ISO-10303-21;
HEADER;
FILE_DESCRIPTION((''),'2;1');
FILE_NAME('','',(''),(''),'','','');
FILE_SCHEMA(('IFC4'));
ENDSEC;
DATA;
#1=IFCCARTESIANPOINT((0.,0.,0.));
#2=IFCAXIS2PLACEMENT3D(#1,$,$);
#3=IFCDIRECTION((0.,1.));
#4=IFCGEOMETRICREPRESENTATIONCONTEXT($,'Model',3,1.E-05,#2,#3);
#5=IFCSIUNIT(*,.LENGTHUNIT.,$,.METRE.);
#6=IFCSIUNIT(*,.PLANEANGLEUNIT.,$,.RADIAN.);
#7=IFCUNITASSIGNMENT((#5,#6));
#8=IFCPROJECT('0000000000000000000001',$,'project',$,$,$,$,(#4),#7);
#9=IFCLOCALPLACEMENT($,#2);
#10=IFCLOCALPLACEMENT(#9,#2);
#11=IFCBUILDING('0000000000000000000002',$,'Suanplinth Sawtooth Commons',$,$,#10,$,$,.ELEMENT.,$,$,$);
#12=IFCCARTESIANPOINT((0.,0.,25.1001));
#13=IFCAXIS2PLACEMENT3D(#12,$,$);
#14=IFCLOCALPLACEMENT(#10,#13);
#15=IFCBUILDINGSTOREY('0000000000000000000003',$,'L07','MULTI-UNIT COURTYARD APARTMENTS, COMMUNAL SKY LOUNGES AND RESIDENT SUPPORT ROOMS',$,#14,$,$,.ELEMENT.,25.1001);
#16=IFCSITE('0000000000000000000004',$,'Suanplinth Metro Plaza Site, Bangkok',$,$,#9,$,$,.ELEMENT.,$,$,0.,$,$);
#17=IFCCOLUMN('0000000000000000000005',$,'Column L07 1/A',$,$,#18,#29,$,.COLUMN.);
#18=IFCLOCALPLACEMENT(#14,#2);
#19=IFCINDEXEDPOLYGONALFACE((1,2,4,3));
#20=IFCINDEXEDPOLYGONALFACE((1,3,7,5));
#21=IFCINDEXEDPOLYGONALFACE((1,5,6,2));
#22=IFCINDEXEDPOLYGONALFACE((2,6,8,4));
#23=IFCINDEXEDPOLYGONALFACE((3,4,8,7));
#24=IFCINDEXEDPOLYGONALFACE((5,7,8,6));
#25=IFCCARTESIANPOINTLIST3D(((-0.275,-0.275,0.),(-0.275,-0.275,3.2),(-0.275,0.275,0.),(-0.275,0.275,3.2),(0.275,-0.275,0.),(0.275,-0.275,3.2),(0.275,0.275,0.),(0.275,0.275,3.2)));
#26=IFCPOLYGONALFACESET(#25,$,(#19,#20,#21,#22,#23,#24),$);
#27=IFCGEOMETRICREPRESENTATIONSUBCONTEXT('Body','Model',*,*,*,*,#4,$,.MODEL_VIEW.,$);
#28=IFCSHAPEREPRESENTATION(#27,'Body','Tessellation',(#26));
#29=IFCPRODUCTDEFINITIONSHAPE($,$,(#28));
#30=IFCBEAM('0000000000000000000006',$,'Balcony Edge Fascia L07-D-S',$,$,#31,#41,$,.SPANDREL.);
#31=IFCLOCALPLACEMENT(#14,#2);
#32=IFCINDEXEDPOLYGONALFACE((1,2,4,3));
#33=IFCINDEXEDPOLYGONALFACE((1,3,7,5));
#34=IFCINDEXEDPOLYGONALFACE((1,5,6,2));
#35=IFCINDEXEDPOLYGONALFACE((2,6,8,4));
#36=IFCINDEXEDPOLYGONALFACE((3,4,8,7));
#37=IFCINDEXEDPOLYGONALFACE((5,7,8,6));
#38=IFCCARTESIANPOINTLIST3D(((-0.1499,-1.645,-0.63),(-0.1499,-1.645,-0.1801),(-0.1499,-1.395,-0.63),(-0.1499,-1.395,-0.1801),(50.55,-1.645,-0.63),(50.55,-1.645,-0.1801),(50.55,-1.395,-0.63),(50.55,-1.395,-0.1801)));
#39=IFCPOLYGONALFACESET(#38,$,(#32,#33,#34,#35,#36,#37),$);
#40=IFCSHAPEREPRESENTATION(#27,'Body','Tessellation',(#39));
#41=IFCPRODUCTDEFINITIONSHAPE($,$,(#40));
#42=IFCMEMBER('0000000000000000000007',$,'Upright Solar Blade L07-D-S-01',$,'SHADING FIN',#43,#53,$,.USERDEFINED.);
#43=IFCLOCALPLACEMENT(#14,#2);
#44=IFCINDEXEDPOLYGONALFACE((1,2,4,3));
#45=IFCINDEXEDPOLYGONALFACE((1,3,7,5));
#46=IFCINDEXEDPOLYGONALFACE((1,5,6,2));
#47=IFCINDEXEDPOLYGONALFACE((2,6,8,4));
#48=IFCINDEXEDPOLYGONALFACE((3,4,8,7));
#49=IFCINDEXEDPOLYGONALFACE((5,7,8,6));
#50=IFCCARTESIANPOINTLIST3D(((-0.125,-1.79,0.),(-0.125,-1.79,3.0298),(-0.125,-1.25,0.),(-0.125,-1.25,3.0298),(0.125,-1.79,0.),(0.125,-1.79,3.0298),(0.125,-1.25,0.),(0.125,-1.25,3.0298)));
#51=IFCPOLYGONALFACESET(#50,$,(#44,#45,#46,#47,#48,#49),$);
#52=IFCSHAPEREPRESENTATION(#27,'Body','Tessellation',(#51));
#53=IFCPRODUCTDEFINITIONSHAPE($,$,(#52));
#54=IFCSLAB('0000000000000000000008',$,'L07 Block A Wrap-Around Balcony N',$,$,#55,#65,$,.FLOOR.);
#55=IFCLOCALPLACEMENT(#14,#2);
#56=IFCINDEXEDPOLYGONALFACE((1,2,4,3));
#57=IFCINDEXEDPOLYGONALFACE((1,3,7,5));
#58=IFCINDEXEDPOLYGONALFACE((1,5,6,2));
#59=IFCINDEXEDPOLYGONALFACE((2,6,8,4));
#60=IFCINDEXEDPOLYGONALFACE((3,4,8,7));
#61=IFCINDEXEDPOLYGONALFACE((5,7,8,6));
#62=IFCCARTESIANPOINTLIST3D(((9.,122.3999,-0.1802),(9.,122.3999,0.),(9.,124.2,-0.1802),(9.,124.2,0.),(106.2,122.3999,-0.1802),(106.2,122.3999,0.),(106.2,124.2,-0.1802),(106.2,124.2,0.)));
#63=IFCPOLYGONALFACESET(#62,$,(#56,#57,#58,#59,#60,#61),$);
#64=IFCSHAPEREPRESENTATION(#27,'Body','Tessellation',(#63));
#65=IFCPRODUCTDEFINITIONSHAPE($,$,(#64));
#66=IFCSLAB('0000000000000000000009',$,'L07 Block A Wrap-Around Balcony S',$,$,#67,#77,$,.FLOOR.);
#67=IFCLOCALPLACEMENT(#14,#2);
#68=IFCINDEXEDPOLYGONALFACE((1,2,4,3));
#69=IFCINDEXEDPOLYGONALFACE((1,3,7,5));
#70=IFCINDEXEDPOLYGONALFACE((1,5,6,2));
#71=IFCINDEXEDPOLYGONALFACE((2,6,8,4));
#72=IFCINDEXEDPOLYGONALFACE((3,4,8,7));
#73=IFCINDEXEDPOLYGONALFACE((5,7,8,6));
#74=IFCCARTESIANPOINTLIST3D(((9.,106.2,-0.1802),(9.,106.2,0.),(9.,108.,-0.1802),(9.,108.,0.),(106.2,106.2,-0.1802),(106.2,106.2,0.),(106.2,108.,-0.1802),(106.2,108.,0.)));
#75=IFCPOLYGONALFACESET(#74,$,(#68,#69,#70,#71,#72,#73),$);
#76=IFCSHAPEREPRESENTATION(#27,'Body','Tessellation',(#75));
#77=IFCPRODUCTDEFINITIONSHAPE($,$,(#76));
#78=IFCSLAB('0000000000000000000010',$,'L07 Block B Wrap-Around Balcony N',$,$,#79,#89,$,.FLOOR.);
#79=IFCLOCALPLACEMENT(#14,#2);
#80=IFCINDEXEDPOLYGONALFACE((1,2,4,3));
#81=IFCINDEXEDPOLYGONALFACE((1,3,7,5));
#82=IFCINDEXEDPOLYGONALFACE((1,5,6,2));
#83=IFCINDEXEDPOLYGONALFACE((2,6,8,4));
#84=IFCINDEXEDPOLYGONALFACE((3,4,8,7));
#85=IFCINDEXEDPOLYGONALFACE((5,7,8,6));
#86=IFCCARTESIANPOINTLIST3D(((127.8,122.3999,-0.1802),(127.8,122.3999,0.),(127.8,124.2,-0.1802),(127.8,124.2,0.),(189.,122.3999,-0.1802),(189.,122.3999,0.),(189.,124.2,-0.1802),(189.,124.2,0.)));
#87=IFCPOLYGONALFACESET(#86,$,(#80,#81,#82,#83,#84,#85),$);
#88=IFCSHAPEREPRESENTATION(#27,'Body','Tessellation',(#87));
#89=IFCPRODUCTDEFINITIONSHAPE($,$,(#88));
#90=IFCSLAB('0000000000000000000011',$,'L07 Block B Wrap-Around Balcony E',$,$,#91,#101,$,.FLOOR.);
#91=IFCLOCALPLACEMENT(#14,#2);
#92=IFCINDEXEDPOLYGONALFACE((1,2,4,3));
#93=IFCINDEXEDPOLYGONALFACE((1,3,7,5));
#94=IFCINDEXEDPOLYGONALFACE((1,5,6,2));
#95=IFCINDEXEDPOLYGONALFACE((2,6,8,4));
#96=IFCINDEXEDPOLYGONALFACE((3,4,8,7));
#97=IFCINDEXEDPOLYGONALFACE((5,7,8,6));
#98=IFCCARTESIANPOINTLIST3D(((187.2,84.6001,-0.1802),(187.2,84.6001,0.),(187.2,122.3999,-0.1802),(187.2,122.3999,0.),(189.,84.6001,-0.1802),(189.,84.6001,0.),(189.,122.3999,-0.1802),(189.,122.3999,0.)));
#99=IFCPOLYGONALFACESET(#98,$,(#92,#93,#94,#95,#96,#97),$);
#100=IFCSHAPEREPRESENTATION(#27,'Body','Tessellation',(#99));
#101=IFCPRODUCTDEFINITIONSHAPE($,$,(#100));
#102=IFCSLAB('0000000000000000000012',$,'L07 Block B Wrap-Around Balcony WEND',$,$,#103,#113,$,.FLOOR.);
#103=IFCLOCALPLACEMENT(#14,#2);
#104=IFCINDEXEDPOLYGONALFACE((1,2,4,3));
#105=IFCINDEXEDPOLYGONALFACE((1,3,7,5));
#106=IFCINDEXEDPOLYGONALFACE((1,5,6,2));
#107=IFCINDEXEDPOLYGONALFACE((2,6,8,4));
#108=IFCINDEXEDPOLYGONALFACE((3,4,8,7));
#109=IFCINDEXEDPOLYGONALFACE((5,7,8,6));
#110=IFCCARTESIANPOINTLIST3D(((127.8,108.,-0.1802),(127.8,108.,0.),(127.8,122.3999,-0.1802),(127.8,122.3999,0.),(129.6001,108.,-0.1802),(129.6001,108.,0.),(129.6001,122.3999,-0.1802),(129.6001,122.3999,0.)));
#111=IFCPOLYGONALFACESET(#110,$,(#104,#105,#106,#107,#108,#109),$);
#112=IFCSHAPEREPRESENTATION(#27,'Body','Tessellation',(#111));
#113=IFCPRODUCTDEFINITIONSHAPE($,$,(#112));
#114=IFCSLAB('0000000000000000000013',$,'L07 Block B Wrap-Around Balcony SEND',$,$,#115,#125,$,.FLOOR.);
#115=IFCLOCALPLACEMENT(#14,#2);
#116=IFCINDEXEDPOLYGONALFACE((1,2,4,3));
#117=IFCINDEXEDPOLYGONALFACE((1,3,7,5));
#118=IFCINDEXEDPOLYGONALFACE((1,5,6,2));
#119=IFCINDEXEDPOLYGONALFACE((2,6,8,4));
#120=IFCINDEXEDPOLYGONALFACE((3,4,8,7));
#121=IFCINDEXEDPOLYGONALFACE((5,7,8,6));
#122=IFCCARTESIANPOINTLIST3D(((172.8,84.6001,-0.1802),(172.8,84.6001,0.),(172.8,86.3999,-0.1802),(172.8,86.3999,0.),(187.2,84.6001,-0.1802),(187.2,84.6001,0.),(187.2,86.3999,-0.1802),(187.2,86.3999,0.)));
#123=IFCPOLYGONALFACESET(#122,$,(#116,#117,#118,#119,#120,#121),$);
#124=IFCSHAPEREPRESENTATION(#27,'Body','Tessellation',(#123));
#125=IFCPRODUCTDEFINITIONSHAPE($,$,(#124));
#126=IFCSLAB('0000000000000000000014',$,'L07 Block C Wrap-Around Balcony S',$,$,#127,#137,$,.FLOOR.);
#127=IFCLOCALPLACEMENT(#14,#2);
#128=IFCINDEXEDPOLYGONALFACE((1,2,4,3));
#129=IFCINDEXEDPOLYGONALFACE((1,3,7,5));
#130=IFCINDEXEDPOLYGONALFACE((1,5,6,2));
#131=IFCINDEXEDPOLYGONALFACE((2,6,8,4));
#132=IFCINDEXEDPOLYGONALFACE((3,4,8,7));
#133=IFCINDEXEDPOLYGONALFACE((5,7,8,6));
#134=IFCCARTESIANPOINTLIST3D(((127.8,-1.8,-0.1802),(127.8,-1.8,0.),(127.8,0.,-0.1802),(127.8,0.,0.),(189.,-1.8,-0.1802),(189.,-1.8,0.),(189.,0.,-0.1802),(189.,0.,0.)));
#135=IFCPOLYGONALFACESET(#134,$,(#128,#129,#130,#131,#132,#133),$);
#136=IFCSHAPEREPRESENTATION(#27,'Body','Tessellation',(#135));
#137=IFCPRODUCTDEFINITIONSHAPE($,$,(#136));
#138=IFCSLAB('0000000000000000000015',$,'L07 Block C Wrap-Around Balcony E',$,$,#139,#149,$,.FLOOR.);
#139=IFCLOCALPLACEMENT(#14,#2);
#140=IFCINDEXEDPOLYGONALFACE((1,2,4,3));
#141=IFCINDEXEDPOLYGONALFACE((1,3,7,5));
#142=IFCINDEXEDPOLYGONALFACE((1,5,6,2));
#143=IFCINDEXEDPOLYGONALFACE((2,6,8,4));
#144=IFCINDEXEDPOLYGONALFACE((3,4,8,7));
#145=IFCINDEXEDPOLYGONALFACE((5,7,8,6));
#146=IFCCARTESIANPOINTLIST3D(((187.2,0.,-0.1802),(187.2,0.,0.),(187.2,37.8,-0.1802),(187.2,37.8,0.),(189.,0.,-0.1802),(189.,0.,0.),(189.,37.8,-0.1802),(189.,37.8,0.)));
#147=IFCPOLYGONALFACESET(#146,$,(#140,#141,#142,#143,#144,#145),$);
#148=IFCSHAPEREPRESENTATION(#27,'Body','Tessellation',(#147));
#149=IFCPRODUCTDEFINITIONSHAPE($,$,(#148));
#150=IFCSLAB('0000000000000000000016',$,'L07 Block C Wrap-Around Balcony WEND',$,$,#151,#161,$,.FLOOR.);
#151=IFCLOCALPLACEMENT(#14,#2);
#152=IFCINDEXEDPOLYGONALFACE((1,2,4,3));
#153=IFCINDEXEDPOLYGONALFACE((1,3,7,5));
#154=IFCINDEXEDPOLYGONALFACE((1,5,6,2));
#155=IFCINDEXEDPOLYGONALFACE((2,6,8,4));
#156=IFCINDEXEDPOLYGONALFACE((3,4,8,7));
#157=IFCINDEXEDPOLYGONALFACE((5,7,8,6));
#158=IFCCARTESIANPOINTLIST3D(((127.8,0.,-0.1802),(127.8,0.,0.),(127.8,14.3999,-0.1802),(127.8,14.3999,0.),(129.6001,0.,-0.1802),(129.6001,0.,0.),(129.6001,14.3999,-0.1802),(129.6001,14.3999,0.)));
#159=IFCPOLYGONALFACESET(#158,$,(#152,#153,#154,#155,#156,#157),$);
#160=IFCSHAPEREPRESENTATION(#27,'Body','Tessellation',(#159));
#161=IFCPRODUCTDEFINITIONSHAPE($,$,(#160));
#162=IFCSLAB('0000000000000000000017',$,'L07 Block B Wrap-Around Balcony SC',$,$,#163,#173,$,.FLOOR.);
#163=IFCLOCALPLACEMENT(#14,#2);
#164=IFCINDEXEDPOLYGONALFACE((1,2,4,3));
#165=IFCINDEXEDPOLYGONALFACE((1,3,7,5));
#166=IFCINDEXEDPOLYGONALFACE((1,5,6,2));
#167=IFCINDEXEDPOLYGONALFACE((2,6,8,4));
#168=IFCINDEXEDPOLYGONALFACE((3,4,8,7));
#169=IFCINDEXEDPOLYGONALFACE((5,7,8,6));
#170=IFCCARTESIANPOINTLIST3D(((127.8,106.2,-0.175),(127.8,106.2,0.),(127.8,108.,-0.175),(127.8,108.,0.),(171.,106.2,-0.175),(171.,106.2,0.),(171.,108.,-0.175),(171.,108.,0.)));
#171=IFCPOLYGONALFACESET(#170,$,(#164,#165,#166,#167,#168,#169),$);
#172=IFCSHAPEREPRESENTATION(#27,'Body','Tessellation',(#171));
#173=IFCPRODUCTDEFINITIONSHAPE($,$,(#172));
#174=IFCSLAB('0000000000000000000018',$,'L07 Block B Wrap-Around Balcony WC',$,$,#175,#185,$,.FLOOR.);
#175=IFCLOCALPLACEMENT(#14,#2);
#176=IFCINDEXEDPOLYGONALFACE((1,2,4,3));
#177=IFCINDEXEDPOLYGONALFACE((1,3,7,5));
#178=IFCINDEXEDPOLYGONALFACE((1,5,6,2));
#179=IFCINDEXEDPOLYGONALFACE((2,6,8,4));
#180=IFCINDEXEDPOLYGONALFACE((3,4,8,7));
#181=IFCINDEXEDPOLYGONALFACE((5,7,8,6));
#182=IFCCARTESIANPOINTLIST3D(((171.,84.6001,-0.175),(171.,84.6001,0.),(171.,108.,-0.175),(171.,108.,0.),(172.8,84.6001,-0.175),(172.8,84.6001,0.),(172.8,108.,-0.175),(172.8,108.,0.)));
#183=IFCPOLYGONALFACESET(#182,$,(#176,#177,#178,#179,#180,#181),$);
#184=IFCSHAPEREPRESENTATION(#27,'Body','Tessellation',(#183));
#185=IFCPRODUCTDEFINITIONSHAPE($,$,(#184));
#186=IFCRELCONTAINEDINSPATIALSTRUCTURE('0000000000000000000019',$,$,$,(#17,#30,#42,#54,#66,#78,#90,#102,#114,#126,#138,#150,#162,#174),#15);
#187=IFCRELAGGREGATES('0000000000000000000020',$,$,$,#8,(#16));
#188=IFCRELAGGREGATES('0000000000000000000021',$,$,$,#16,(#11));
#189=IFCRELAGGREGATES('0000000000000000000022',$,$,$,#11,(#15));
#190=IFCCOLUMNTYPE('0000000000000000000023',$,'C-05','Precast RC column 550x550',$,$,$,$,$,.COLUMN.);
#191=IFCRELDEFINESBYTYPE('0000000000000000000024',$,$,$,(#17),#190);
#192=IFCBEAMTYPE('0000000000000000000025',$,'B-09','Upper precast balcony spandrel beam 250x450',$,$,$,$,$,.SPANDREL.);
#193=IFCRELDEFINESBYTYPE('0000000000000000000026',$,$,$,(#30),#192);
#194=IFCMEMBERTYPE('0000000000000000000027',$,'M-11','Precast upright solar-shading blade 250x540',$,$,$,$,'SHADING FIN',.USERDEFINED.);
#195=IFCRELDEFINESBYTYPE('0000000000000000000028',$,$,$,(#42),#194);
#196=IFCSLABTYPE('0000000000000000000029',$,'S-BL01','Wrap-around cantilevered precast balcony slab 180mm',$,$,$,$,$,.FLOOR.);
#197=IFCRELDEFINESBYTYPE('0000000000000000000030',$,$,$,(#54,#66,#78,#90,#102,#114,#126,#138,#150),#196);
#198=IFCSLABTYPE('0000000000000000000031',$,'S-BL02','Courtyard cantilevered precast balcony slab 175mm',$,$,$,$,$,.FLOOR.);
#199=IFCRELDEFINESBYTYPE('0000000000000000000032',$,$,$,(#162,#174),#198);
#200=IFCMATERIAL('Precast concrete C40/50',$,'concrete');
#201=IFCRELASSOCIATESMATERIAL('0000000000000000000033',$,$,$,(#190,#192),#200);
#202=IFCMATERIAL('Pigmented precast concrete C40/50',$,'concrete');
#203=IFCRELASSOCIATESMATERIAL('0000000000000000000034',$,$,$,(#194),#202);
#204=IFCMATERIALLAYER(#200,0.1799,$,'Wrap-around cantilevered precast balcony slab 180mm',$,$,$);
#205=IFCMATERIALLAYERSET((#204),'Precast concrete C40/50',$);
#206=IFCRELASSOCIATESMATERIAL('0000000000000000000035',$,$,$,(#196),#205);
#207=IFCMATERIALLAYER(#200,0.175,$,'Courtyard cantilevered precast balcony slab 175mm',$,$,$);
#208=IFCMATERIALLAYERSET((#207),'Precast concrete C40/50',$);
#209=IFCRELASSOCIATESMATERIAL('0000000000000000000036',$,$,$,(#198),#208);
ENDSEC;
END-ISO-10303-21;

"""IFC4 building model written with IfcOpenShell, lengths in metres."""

from ifc_helpers import new_model, si_unit, direction, frame, origin, origin_with_axes, origin_2d, place, context, subcontext, project, spatial, polyline, rectangle, outline, extrude, material, layer, layer_set, material_profile, profile_set, type_object, element, save


model = new_model("IFC4")

# Units and contexts
model_context = context("Model", 3, precision=1e-05, world=origin(), true_north=direction((0.0, 1.0)))
body_context = subcontext(model_context, "Body", "Model", "MODEL_VIEW")
ifc_project = project(units=[si_unit("LENGTHUNIT", "METRE"), si_unit("PLANEANGLEUNIT", "RADIAN")], contexts=[model_context])

# Site, building, storey
site_placement = place(None, origin())
site = spatial("IfcSite", under=ifc_project, at=site_placement, Name="Suanplinth Metro Plaza Site, Bangkok", CompositionType="ELEMENT", RefElevation=0.0)
building_placement = place(site_placement, origin())
building = spatial("IfcBuilding", under=site, at=building_placement, Name="Suanplinth Sawtooth Commons", CompositionType="ELEMENT")
storey_placement = place(building_placement, frame((0.0, 0.0, 25.1001)))
storey = spatial("IfcBuildingStorey", under=building, at=storey_placement, Name="L07", Description="MULTI-UNIT COURTYARD APARTMENTS, COMMUNAL SKY LOUNGES AND RESIDENT SUPPORT ROOMS", CompositionType="ELEMENT", Elevation=25.1001)

# Column
ifc_material_1 = material(Name="Precast concrete C40/50", Category="concrete")
ifc_material_profile_1 = material_profile(ifc_material_1, rectangle(XDim=0.55, YDim=0.55, at=origin_2d()), Name="PC-COL 550x550")
ifc_profile_set_1 = profile_set([ifc_material_profile_1], Name="Precast concrete C40/50")
column_type = type_object("IfcColumnType", Name="C-05", Description="Precast RC column 550x550", PredefinedType="COLUMN", material=ifc_profile_set_1)
column_placement = place(storey_placement, origin_with_axes())
element("IfcColumn", 1, at=column_placement, inside=storey, type_object=column_type, Name="Column L07 1/A", PredefinedType="COLUMN", context=body_context, shape_type="SweptSolid", body=[
    extrude(rectangle(XDim=0.55, YDim=0.55, at=origin_2d()), origin(), (0.0, 0.0, 1.0), 3.2),
])

# Beam
ifc_material_profile_2 = material_profile(ifc_material_1, rectangle(XDim=0.25, YDim=0.45, at=origin_2d()), Name="PC-SP 250x450")
ifc_profile_set_2 = profile_set([ifc_material_profile_2], Name="Precast concrete C40/50")
beam_type = type_object("IfcBeamType", Name="B-09", Description="Upper precast balcony spandrel beam 250x450", PredefinedType="SPANDREL", material=ifc_profile_set_2)
beam_placement = place(storey_placement, frame((-0.1499, -1.52, -0.405), z_axis=(1.0, 0.0, 0.0), x_axis=(0.0, 1.0, 0.0)))
element("IfcBeam", 2, at=beam_placement, inside=storey, type_object=beam_type, Name="Balcony Edge Fascia L07-D-S", PredefinedType="SPANDREL", context=body_context, shape_type="SweptSolid", body=[
    extrude(rectangle(XDim=0.25, YDim=0.45, at=origin_2d()), origin(), (0.0, 0.0, 1.0), 50.7),
])

# Member
ifc_material_2 = material(Name="Pigmented precast concrete C40/50", Category="concrete")
ifc_material_profile_3 = material_profile(ifc_material_2, rectangle(XDim=0.25, YDim=0.54, at=origin_2d()), Name="PC-FIN 250x540")
ifc_profile_set_3 = profile_set([ifc_material_profile_3], Name="Pigmented precast concrete C40/50")
member_type = type_object("IfcMemberType", Name="M-11", Description="Precast upright solar-shading blade 250x540", ElementType="SHADING FIN", PredefinedType="USERDEFINED", material=ifc_profile_set_3)
member_placement = place(storey_placement, frame((0.0, -1.52, 0.0), z_axis=(0.0, 0.0, 1.0), x_axis=(1.0, 0.0, 0.0)))
element("IfcMember", 3, at=member_placement, inside=storey, type_object=member_type, Name="Upright Solar Blade L07-D-S-01", ObjectType="SHADING FIN", PredefinedType="USERDEFINED", context=body_context, shape_type="SweptSolid", body=[
    extrude(rectangle(XDim=0.25, YDim=0.54, at=origin_2d()), origin(), (0.0, 0.0, 1.0), 3.0298),
])

# Slabs
ifc_layer_1 = layer(ifc_material_1, 0.1799, Name="Wrap-around cantilevered precast balcony slab 180mm")
ifc_layer_set_1 = layer_set([ifc_layer_1], Name="Precast concrete C40/50")
slab_type_1 = type_object("IfcSlabType", Name="S-BL01", Description="Wrap-around cantilevered precast balcony slab 180mm", PredefinedType="FLOOR", material=ifc_layer_set_1)
slab_1_placement = place(storey_placement, frame((0.0, 0.0, -0.1802)))
element("IfcSlab", 4, at=slab_1_placement, inside=storey, type_object=slab_type_1, Name="L07 Block A Wrap-Around Balcony N", PredefinedType="FLOOR", context=body_context, shape_type="SweptSolid", body=[
    extrude(outline(polyline([(9.0, 124.2), (106.2, 124.2), (106.2, 122.3999), (9.0, 122.3999), (9.0, 124.2)])), origin(), (0.0, 0.0, 1.0), 0.1802),
])
slab_2_placement = place(storey_placement, frame((0.0, 0.0, -0.1802)))
element("IfcSlab", 5, at=slab_2_placement, inside=storey, type_object=slab_type_1, Name="L07 Block A Wrap-Around Balcony S", PredefinedType="FLOOR", context=body_context, shape_type="SweptSolid", body=[
    extrude(outline(polyline([(106.2, 106.2), (9.0, 106.2), (9.0, 108.0), (106.2, 108.0), (106.2, 106.2)])), origin(), (0.0, 0.0, 1.0), 0.1802),
])
slab_3_placement = place(storey_placement, frame((0.0, 0.0, -0.1802)))
element("IfcSlab", 6, at=slab_3_placement, inside=storey, type_object=slab_type_1, Name="L07 Block B Wrap-Around Balcony N", PredefinedType="FLOOR", context=body_context, shape_type="SweptSolid", body=[
    extrude(outline(polyline([(127.8, 122.3999), (127.8, 124.2), (189.0, 124.2), (189.0, 122.3999), (127.8, 122.3999)])), origin(), (0.0, 0.0, 1.0), 0.1802),
])
slab_4_placement = place(storey_placement, frame((0.0, 0.0, -0.1802)))
element("IfcSlab", 7, at=slab_4_placement, inside=storey, type_object=slab_type_1, Name="L07 Block B Wrap-Around Balcony E", PredefinedType="FLOOR", context=body_context, shape_type="SweptSolid", body=[
    extrude(outline(polyline([(189.0, 122.3999), (189.0, 84.6001), (187.2, 84.6001), (187.2, 122.3999), (189.0, 122.3999)])), origin(), (0.0, 0.0, 1.0), 0.1802),
])
slab_5_placement = place(storey_placement, frame((0.0, 0.0, -0.1802)))
element("IfcSlab", 8, at=slab_5_placement, inside=storey, type_object=slab_type_1, Name="L07 Block B Wrap-Around Balcony WEND", PredefinedType="FLOOR", context=body_context, shape_type="SweptSolid", body=[
    extrude(outline(polyline([(129.6001, 108.0), (127.8, 108.0), (127.8, 122.3999), (129.6001, 122.3999), (129.6001, 108.0)])), origin(), (0.0, 0.0, 1.0), 0.1802),
])
slab_6_placement = place(storey_placement, frame((0.0, 0.0, -0.1802)))
element("IfcSlab", 9, at=slab_6_placement, inside=storey, type_object=slab_type_1, Name="L07 Block B Wrap-Around Balcony SEND", PredefinedType="FLOOR", context=body_context, shape_type="SweptSolid", body=[
    extrude(outline(polyline([(187.2, 84.6001), (172.8, 84.6001), (172.8, 86.3999), (187.2, 86.3999), (187.2, 84.6001)])), origin(), (0.0, 0.0, 1.0), 0.1802),
])
slab_7_placement = place(storey_placement, frame((0.0, 0.0, -0.1802)))
element("IfcSlab", 10, at=slab_7_placement, inside=storey, type_object=slab_type_1, Name="L07 Block C Wrap-Around Balcony S", PredefinedType="FLOOR", context=body_context, shape_type="SweptSolid", body=[
    extrude(outline(polyline([(189.0, 0.0), (189.0, -1.8), (127.8, -1.8), (127.8, 0.0), (189.0, 0.0)])), origin(), (0.0, 0.0, 1.0), 0.1802),
])
slab_8_placement = place(storey_placement, frame((0.0, 0.0, -0.1802)))
element("IfcSlab", 11, at=slab_8_placement, inside=storey, type_object=slab_type_1, Name="L07 Block C Wrap-Around Balcony E", PredefinedType="FLOOR", context=body_context, shape_type="SweptSolid", body=[
    extrude(outline(polyline([(187.2, 37.8), (189.0, 37.8), (189.0, 0.0), (187.2, 0.0), (187.2, 37.8)])), origin(), (0.0, 0.0, 1.0), 0.1802),
])
slab_9_placement = place(storey_placement, frame((0.0, 0.0, -0.1802)))
element("IfcSlab", 12, at=slab_9_placement, inside=storey, type_object=slab_type_1, Name="L07 Block C Wrap-Around Balcony WEND", PredefinedType="FLOOR", context=body_context, shape_type="SweptSolid", body=[
    extrude(outline(polyline([(129.6001, 0.0), (127.8, 0.0), (127.8, 14.3999), (129.6001, 14.3999), (129.6001, 0.0)])), origin(), (0.0, 0.0, 1.0), 0.1802),
])
ifc_layer_2 = layer(ifc_material_1, 0.175, Name="Courtyard cantilevered precast balcony slab 175mm")
ifc_layer_set_2 = layer_set([ifc_layer_2], Name="Precast concrete C40/50")
slab_type_2 = type_object("IfcSlabType", Name="S-BL02", Description="Courtyard cantilevered precast balcony slab 175mm", PredefinedType="FLOOR", material=ifc_layer_set_2)
slab_10_placement = place(storey_placement, frame((0.0, 0.0, -0.175)))
element("IfcSlab", 13, at=slab_10_placement, inside=storey, type_object=slab_type_2, Name="L07 Block B Wrap-Around Balcony SC", PredefinedType="FLOOR", context=body_context, shape_type="SweptSolid", body=[
    extrude(outline(polyline([(171.0, 106.2), (127.8, 106.2), (127.8, 108.0), (171.0, 108.0), (171.0, 106.2)])), origin(), (0.0, 0.0, 1.0), 0.175),
])
slab_11_placement = place(storey_placement, frame((0.0, 0.0, -0.175)))
element("IfcSlab", 14, at=slab_11_placement, inside=storey, type_object=slab_type_2, Name="L07 Block B Wrap-Around Balcony WC", PredefinedType="FLOOR", context=body_context, shape_type="SweptSolid", body=[
    extrude(outline(polyline([(172.8, 84.6001), (171.0, 84.6001), (171.0, 108.0), (172.8, 108.0), (172.8, 84.6001)])), origin(), (0.0, 0.0, 1.0), 0.175),
])

save(model, "model.ifc")
